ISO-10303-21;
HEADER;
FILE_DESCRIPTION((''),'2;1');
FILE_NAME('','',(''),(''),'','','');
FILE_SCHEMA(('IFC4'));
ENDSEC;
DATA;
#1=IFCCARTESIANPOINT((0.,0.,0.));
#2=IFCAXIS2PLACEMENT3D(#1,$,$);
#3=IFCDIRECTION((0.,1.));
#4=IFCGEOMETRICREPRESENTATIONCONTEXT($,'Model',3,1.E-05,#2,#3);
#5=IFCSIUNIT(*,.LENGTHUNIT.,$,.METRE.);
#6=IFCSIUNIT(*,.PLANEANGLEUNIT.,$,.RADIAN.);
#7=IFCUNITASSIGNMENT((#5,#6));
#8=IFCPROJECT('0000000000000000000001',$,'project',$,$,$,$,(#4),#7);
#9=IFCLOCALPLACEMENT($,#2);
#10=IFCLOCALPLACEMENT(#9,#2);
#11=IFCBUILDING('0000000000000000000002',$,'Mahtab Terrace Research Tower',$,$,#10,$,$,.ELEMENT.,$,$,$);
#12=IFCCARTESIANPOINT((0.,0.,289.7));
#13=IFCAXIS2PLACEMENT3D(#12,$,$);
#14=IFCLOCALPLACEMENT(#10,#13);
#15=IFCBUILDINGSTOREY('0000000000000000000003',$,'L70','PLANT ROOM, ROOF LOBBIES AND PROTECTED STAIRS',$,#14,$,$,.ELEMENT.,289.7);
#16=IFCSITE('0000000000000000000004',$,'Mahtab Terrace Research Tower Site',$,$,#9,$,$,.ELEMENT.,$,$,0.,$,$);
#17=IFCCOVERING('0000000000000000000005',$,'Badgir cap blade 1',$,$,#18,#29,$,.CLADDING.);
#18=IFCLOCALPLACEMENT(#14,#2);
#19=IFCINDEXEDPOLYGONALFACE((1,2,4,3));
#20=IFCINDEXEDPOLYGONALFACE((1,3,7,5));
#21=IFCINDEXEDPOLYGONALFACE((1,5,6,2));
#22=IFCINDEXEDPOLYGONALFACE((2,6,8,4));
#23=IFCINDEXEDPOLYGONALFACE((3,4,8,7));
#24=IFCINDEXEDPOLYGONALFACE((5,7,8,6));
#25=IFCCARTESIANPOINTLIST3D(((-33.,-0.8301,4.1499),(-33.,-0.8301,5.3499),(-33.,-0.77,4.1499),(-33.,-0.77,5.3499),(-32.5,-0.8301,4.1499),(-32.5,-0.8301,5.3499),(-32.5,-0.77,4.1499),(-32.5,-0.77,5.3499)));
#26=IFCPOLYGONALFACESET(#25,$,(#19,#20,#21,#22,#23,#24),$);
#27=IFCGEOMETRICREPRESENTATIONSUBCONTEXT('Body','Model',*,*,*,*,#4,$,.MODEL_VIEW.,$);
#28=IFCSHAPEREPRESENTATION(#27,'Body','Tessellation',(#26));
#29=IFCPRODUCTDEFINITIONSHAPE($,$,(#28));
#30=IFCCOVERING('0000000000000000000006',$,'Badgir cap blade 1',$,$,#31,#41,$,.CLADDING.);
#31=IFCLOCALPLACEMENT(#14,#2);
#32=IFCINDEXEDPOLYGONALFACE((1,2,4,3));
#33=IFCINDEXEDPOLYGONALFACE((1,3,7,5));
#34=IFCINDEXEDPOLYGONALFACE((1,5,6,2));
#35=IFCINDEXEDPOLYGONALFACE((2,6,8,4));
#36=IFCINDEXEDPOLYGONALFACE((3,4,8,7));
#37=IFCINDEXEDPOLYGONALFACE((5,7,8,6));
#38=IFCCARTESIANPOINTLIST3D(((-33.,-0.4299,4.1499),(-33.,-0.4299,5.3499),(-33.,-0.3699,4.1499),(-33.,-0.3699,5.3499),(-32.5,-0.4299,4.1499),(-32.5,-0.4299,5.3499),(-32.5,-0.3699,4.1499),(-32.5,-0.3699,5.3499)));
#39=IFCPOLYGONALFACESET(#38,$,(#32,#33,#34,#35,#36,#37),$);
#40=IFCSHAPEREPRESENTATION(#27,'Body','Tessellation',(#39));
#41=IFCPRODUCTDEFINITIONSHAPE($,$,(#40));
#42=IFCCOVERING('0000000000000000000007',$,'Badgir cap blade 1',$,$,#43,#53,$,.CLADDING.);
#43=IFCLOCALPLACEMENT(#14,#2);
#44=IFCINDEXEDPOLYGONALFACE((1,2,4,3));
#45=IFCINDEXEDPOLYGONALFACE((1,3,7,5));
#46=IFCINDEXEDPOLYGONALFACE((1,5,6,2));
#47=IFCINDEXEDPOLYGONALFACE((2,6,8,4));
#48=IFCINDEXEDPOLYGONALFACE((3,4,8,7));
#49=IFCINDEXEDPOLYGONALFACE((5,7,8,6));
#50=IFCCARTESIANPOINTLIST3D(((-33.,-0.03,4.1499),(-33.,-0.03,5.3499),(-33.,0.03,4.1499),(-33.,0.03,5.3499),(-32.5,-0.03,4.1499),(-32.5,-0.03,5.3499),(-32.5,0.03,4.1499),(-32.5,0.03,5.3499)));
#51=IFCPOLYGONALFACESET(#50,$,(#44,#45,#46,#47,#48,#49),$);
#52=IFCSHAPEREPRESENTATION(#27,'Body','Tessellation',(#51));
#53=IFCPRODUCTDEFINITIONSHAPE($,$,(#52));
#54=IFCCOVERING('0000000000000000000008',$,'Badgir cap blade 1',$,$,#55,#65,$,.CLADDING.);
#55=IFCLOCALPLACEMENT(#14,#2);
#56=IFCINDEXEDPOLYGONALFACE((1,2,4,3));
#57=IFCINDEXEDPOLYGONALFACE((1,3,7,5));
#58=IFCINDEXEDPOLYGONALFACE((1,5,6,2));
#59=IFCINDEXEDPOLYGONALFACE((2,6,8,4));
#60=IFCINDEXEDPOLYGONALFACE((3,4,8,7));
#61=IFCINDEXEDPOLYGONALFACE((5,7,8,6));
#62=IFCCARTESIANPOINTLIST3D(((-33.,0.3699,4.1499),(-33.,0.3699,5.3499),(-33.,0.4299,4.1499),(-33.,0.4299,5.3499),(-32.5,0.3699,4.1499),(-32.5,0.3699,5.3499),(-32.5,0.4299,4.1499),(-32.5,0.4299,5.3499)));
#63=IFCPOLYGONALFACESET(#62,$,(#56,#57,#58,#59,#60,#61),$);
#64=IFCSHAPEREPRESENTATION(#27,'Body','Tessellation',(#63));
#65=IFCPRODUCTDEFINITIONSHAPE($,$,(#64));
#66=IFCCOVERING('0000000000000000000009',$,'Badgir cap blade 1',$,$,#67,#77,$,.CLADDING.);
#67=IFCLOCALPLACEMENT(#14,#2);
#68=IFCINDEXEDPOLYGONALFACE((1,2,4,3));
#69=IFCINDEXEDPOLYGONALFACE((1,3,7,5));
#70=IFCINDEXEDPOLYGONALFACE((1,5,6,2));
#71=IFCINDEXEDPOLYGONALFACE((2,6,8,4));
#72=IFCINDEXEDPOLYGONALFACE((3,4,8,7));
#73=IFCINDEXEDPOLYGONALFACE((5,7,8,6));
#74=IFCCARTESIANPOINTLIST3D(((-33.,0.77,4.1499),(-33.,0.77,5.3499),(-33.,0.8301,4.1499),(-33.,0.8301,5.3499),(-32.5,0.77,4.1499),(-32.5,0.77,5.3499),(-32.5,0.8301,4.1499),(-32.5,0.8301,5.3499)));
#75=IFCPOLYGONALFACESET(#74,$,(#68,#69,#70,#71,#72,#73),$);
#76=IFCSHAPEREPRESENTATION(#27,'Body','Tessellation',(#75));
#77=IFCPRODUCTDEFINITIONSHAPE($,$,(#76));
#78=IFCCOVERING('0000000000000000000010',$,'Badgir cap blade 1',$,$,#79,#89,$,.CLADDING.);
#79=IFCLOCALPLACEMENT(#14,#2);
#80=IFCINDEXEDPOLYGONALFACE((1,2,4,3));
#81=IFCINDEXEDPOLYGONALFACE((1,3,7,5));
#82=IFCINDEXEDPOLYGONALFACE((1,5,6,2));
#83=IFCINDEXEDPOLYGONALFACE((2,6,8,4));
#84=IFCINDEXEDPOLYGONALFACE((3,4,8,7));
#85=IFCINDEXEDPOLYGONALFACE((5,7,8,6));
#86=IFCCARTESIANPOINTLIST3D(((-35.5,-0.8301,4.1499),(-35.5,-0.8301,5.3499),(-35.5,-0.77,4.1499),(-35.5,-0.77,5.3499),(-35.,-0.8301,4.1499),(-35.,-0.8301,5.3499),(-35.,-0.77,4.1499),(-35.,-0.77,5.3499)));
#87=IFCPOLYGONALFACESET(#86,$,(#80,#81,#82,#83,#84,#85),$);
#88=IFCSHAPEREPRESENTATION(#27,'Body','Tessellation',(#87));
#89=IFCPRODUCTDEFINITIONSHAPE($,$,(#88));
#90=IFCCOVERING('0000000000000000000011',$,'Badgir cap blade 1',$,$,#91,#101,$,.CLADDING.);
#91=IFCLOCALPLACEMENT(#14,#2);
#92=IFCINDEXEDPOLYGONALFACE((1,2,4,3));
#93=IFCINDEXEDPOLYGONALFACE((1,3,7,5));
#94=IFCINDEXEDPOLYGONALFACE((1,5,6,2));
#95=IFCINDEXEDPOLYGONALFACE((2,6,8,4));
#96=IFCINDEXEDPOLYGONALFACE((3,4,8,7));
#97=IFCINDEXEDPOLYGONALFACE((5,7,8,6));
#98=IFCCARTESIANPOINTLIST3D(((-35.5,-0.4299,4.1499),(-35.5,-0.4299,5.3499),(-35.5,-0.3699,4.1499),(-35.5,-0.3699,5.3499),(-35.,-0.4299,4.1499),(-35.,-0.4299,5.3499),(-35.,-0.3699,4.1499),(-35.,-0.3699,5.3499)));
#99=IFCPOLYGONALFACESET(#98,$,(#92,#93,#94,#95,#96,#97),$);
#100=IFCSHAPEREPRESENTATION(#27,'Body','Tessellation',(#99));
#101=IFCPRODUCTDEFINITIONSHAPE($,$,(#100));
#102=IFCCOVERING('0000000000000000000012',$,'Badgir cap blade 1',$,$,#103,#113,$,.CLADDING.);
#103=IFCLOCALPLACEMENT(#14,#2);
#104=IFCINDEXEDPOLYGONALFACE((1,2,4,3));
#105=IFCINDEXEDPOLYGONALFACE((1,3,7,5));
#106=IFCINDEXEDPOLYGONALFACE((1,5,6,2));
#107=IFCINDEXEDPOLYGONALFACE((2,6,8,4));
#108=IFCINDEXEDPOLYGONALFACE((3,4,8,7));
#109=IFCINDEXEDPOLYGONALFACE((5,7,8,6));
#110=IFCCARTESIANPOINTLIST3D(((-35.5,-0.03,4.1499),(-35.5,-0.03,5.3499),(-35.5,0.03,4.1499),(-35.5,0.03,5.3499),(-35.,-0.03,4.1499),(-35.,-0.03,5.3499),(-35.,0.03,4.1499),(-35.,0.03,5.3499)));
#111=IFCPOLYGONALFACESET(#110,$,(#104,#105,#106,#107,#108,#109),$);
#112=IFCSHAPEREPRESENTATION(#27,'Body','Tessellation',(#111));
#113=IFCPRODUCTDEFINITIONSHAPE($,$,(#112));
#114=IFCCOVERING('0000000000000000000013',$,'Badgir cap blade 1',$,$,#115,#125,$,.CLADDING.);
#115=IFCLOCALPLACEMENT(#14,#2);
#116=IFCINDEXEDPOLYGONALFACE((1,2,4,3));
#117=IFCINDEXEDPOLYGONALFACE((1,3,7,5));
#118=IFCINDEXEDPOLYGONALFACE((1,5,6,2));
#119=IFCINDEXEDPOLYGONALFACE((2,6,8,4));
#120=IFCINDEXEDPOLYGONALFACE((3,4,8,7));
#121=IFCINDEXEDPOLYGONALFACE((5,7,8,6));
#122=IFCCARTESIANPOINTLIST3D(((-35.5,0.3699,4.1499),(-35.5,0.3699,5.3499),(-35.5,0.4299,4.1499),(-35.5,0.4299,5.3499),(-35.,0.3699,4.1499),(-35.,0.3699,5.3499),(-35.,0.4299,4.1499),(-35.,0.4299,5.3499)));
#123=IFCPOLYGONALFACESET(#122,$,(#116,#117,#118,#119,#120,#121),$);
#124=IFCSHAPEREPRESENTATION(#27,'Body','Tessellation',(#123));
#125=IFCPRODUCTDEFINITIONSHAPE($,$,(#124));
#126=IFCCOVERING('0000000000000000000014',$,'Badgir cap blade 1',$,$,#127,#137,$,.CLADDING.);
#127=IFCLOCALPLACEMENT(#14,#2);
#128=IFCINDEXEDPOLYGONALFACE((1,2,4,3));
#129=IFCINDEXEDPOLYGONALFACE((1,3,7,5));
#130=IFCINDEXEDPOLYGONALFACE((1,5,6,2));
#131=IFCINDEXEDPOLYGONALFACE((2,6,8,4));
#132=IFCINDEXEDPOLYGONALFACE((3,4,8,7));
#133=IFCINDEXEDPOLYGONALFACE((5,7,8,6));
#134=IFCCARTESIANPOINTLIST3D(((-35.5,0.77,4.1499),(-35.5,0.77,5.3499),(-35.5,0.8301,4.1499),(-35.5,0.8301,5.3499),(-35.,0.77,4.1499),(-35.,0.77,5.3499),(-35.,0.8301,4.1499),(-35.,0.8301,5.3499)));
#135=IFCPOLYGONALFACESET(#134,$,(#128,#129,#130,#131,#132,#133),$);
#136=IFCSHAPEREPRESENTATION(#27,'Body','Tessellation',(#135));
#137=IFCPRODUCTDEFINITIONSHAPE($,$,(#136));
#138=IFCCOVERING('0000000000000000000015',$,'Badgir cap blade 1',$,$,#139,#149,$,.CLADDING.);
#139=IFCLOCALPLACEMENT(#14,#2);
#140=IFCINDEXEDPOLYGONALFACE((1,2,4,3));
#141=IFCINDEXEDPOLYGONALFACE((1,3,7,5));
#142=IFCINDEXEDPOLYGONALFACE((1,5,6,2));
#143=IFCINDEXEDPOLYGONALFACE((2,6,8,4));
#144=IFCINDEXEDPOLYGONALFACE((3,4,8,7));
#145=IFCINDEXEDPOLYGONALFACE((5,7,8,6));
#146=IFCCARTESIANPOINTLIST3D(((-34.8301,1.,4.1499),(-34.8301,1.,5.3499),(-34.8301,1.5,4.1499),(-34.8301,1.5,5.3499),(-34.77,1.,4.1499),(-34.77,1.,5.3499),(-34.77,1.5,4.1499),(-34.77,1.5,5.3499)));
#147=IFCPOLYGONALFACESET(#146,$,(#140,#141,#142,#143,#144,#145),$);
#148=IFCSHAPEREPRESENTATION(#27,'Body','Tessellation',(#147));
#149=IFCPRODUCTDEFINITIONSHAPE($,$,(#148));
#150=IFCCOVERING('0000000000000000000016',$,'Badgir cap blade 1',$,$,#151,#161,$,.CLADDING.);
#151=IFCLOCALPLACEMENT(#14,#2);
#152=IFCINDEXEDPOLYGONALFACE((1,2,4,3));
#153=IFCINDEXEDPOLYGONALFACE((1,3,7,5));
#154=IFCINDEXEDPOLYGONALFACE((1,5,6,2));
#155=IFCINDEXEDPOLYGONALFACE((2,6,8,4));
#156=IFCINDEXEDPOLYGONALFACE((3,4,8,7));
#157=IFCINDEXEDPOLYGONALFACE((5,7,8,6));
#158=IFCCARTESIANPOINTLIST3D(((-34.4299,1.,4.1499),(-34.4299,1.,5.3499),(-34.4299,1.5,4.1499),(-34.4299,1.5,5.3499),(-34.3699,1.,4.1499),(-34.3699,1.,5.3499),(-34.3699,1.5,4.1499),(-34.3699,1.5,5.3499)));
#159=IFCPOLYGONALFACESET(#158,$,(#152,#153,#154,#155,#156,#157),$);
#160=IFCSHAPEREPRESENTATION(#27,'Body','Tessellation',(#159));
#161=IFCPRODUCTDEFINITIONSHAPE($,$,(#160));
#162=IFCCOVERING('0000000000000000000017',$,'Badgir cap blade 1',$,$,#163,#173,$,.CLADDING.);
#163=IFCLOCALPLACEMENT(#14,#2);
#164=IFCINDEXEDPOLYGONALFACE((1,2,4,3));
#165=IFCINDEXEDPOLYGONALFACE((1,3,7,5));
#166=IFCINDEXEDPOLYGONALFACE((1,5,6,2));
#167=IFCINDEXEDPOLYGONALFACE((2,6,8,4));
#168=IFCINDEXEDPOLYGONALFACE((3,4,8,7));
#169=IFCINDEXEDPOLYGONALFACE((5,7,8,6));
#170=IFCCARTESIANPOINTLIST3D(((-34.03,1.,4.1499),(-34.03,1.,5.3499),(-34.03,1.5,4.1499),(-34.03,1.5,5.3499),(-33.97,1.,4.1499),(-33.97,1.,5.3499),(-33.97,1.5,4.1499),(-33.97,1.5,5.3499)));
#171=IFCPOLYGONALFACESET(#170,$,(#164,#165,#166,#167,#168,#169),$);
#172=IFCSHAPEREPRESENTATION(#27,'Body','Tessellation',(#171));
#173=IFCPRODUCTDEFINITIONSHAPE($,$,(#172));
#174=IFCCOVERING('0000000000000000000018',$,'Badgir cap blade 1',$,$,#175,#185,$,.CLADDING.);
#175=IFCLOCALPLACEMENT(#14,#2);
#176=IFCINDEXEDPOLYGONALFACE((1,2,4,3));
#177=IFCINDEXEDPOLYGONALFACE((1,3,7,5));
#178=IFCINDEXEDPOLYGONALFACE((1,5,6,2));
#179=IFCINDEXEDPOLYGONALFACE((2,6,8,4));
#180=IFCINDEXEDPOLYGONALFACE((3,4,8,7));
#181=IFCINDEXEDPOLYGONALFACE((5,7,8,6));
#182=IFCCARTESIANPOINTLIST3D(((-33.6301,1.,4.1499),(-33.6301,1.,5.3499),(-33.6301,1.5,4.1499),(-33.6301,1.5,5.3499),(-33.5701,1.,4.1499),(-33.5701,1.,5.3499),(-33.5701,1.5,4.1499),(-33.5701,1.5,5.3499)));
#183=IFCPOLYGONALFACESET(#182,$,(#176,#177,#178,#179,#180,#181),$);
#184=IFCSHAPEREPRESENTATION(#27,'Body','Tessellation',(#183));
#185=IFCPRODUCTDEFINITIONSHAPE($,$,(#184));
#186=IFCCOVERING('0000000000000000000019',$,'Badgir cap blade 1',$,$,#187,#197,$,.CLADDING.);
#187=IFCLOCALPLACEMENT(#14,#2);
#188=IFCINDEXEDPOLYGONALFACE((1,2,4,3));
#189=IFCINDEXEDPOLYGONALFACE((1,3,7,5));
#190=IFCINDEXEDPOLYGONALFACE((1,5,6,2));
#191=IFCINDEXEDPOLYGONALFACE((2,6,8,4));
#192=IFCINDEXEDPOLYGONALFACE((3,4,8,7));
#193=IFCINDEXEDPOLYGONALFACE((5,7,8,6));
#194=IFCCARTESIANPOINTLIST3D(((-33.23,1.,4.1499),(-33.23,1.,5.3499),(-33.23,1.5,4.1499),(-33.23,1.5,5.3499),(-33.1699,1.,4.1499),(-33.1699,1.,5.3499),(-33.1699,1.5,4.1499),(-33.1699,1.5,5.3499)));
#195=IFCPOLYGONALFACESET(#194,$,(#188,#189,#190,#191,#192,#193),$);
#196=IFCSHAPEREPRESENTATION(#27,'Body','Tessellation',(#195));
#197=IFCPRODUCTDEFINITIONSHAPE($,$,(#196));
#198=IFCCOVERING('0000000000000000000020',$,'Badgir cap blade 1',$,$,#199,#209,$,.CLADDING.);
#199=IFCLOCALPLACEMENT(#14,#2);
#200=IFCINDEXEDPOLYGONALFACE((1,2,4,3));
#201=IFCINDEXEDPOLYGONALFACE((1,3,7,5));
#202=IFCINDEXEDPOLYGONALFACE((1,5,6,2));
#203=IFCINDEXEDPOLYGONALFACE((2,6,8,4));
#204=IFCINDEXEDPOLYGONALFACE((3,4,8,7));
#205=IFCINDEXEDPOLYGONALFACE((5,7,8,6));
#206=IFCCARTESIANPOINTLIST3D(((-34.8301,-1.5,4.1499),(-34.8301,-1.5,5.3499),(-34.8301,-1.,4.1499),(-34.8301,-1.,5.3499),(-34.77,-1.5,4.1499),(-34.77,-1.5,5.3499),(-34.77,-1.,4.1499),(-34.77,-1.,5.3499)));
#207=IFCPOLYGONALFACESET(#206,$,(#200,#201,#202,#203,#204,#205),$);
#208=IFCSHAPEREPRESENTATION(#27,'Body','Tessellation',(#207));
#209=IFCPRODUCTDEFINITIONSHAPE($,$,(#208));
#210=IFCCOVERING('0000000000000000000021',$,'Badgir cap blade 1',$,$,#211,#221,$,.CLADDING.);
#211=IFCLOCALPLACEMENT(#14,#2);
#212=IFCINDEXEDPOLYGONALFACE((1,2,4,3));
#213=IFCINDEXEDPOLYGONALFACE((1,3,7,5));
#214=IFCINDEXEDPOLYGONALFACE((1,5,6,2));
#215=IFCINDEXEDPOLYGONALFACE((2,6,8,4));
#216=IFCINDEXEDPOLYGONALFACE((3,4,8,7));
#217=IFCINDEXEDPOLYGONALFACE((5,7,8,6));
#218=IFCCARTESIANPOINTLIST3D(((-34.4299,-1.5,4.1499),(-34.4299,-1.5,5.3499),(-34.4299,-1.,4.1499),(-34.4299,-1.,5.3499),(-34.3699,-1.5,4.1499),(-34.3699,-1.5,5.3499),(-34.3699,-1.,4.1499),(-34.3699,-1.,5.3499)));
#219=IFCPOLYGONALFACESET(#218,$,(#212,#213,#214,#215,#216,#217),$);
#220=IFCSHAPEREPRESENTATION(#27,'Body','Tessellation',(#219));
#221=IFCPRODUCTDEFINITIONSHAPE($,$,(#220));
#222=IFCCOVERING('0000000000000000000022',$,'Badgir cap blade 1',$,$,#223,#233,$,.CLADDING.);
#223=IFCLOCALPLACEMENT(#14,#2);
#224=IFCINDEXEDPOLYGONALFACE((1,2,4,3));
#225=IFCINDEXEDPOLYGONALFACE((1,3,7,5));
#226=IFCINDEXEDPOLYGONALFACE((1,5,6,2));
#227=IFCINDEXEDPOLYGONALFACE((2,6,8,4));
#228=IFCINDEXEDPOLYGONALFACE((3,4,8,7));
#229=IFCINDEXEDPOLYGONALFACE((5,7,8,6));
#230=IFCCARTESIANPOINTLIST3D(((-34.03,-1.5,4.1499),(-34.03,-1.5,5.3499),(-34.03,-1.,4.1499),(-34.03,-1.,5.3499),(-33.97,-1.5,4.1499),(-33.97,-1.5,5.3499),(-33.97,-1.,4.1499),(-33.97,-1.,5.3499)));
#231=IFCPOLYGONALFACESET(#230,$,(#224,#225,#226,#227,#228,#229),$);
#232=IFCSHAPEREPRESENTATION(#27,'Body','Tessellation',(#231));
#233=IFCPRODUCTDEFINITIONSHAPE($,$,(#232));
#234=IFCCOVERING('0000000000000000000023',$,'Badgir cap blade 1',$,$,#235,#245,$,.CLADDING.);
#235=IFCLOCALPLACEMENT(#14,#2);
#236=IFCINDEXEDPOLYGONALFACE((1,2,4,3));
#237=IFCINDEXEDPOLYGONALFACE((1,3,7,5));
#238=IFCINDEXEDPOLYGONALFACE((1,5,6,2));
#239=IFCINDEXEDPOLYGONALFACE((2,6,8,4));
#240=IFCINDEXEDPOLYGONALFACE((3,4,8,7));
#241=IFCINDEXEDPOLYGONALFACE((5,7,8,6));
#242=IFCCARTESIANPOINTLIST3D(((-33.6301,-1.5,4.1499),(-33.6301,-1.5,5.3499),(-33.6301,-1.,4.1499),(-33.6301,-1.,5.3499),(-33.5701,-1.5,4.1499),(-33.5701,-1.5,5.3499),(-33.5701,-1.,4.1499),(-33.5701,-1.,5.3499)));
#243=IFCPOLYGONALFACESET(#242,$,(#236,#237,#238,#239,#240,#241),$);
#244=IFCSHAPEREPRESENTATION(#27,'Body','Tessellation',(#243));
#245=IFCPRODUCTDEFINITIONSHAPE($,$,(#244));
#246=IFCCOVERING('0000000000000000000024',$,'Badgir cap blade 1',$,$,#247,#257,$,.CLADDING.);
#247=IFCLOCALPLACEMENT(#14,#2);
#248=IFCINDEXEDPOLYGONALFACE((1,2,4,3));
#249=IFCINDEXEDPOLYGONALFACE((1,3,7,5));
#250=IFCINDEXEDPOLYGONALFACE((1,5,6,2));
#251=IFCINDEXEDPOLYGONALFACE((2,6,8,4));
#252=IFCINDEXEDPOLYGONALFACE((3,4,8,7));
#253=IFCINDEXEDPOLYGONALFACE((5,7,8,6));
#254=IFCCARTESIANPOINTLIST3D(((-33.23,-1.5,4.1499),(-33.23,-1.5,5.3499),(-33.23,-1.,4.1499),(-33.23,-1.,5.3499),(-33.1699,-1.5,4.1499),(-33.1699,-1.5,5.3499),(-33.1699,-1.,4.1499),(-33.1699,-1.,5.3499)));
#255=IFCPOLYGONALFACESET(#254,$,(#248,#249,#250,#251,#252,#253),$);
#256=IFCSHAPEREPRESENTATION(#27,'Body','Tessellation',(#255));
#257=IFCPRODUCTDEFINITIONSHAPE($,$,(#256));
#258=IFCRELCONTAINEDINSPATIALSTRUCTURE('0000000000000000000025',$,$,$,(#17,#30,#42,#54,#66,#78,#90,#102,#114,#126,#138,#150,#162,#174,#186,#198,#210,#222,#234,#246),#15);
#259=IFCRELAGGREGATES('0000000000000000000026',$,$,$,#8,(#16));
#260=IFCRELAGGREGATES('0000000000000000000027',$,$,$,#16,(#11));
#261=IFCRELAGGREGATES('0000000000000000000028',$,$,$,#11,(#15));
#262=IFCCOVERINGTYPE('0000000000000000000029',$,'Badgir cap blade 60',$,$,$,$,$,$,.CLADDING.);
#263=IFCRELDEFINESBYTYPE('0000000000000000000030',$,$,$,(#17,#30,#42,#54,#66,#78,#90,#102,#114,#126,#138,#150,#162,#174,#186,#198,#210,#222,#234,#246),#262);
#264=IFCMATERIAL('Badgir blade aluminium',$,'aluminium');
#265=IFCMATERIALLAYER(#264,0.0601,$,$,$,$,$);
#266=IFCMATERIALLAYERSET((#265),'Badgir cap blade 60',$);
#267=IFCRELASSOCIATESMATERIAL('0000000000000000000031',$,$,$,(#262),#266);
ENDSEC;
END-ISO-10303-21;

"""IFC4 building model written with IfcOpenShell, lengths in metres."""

from ifc_helpers import new_model, si_unit, direction, frame, origin, origin_2d, place, context, subcontext, project, spatial, rectangle, extrude, material, layer, layer_set, type_object, element, save


model = new_model("IFC4")

# Units and contexts
model_context = context("Model", 3, precision=1e-05, world=origin(), true_north=direction((0.0, 1.0)))
body_context = subcontext(model_context, "Body", "Model", "MODEL_VIEW")
ifc_project = project(units=[si_unit("LENGTHUNIT", "METRE"), si_unit("PLANEANGLEUNIT", "RADIAN")], contexts=[model_context])

# Site, building, storey
site_placement = place(None, origin())
site = spatial("IfcSite", under=ifc_project, at=site_placement, Name="Mahtab Terrace Research Tower Site", CompositionType="ELEMENT", RefElevation=0.0)
building_placement = place(site_placement, origin())
building = spatial("IfcBuilding", under=site, at=building_placement, Name="Mahtab Terrace Research Tower", CompositionType="ELEMENT")
storey_placement = place(building_placement, frame((0.0, 0.0, 289.7)))
storey = spatial("IfcBuildingStorey", under=building, at=storey_placement, Name="L70", Description="PLANT ROOM, ROOF LOBBIES AND PROTECTED STAIRS", CompositionType="ELEMENT", Elevation=289.7)

# Coverings
ifc_material_1 = material(Name="Badgir blade aluminium", Category="aluminium")
ifc_layer_1 = layer(ifc_material_1, 0.0601)
ifc_layer_set_1 = layer_set([ifc_layer_1], Name="Badgir cap blade 60")
covering_type_1 = type_object("IfcCoveringType", Name="Badgir cap blade 60", PredefinedType="CLADDING", material=ifc_layer_set_1)
for number, where, z_axis, x_axis, name in (
    (1, (-32.75, -0.8, 4.1499), (0.0, 0.0, 1.0), (1.0, 0.0, 0.0), "Badgir cap blade 1"),
    (2, (-32.75, -0.3999, 4.1499), (0.0, 0.0, 1.0), (1.0, 0.0, 0.0), "Badgir cap blade 1"),
    (3, (-32.75, 0.0, 4.1499), (0.0, 0.0, 1.0), (1.0, 0.0, 0.0), "Badgir cap blade 1"),
    (4, (-32.75, 0.3999, 4.1499), (0.0, 0.0, 1.0), (1.0, 0.0, 0.0), "Badgir cap blade 1"),
    (5, (-32.75, 0.8, 4.1499), (0.0, 0.0, 1.0), (1.0, 0.0, 0.0), "Badgir cap blade 1"),
    (6, (-35.25, -0.8, 4.1499), (0.0, 0.0, 1.0), (1.0, 0.0, 0.0), "Badgir cap blade 1"),
    (7, (-35.25, -0.3999, 4.1499), (0.0, 0.0, 1.0), (1.0, 0.0, 0.0), "Badgir cap blade 1"),
    (8, (-35.25, 0.0, 4.1499), (0.0, 0.0, 1.0), (1.0, 0.0, 0.0), "Badgir cap blade 1"),
    (9, (-35.25, 0.3999, 4.1499), (0.0, 0.0, 1.0), (1.0, 0.0, 0.0), "Badgir cap blade 1"),
    (10, (-35.25, 0.8, 4.1499), (0.0, 0.0, 1.0), (1.0, 0.0, 0.0), "Badgir cap blade 1"),
):
    element("IfcCovering", number, at=place(storey_placement, frame(where, z_axis=z_axis, x_axis=x_axis)), inside=storey, type_object=covering_type_1, Name=name, PredefinedType="CLADDING", context=body_context, shape_type="SweptSolid", body=[
        extrude(rectangle(XDim=0.5, YDim=0.0601, at=origin_2d()), origin(), (0.0, 0.0, 1.0), 1.2),
    ])
for number, where, z_axis, x_axis, name in (
    (11, (-34.8, 1.25, 4.1499), (0.0, 0.0, 1.0), (1.0, 0.0, 0.0), "Badgir cap blade 1"),
    (12, (-34.3999, 1.25, 4.1499), (0.0, 0.0, 1.0), (1.0, 0.0, 0.0), "Badgir cap blade 1"),
    (13, (-34.0, 1.25, 4.1499), (0.0, 0.0, 1.0), (1.0, 0.0, 0.0), "Badgir cap blade 1"),
    (14, (-33.6001, 1.25, 4.1499), (0.0, 0.0, 1.0), (1.0, 0.0, 0.0), "Badgir cap blade 1"),
    (15, (-33.2, 1.25, 4.1499), (0.0, 0.0, 1.0), (1.0, 0.0, 0.0), "Badgir cap blade 1"),
    (16, (-34.8, -1.25, 4.1499), (0.0, 0.0, 1.0), (1.0, 0.0, 0.0), "Badgir cap blade 1"),
    (17, (-34.3999, -1.25, 4.1499), (0.0, 0.0, 1.0), (1.0, 0.0, 0.0), "Badgir cap blade 1"),
    (18, (-34.0, -1.25, 4.1499), (0.0, 0.0, 1.0), (1.0, 0.0, 0.0), "Badgir cap blade 1"),
    (19, (-33.6001, -1.25, 4.1499), (0.0, 0.0, 1.0), (1.0, 0.0, 0.0), "Badgir cap blade 1"),
    (20, (-33.2, -1.25, 4.1499), (0.0, 0.0, 1.0), (1.0, 0.0, 0.0), "Badgir cap blade 1"),
):
    element("IfcCovering", number, at=place(storey_placement, frame(where, z_axis=z_axis, x_axis=x_axis)), inside=storey, type_object=covering_type_1, Name=name, PredefinedType="CLADDING", context=body_context, shape_type="SweptSolid", body=[
        extrude(rectangle(XDim=0.0601, YDim=0.5, at=origin_2d()), origin(), (0.0, 0.0, 1.0), 1.2),
    ])

save(model, "model.ifc")
